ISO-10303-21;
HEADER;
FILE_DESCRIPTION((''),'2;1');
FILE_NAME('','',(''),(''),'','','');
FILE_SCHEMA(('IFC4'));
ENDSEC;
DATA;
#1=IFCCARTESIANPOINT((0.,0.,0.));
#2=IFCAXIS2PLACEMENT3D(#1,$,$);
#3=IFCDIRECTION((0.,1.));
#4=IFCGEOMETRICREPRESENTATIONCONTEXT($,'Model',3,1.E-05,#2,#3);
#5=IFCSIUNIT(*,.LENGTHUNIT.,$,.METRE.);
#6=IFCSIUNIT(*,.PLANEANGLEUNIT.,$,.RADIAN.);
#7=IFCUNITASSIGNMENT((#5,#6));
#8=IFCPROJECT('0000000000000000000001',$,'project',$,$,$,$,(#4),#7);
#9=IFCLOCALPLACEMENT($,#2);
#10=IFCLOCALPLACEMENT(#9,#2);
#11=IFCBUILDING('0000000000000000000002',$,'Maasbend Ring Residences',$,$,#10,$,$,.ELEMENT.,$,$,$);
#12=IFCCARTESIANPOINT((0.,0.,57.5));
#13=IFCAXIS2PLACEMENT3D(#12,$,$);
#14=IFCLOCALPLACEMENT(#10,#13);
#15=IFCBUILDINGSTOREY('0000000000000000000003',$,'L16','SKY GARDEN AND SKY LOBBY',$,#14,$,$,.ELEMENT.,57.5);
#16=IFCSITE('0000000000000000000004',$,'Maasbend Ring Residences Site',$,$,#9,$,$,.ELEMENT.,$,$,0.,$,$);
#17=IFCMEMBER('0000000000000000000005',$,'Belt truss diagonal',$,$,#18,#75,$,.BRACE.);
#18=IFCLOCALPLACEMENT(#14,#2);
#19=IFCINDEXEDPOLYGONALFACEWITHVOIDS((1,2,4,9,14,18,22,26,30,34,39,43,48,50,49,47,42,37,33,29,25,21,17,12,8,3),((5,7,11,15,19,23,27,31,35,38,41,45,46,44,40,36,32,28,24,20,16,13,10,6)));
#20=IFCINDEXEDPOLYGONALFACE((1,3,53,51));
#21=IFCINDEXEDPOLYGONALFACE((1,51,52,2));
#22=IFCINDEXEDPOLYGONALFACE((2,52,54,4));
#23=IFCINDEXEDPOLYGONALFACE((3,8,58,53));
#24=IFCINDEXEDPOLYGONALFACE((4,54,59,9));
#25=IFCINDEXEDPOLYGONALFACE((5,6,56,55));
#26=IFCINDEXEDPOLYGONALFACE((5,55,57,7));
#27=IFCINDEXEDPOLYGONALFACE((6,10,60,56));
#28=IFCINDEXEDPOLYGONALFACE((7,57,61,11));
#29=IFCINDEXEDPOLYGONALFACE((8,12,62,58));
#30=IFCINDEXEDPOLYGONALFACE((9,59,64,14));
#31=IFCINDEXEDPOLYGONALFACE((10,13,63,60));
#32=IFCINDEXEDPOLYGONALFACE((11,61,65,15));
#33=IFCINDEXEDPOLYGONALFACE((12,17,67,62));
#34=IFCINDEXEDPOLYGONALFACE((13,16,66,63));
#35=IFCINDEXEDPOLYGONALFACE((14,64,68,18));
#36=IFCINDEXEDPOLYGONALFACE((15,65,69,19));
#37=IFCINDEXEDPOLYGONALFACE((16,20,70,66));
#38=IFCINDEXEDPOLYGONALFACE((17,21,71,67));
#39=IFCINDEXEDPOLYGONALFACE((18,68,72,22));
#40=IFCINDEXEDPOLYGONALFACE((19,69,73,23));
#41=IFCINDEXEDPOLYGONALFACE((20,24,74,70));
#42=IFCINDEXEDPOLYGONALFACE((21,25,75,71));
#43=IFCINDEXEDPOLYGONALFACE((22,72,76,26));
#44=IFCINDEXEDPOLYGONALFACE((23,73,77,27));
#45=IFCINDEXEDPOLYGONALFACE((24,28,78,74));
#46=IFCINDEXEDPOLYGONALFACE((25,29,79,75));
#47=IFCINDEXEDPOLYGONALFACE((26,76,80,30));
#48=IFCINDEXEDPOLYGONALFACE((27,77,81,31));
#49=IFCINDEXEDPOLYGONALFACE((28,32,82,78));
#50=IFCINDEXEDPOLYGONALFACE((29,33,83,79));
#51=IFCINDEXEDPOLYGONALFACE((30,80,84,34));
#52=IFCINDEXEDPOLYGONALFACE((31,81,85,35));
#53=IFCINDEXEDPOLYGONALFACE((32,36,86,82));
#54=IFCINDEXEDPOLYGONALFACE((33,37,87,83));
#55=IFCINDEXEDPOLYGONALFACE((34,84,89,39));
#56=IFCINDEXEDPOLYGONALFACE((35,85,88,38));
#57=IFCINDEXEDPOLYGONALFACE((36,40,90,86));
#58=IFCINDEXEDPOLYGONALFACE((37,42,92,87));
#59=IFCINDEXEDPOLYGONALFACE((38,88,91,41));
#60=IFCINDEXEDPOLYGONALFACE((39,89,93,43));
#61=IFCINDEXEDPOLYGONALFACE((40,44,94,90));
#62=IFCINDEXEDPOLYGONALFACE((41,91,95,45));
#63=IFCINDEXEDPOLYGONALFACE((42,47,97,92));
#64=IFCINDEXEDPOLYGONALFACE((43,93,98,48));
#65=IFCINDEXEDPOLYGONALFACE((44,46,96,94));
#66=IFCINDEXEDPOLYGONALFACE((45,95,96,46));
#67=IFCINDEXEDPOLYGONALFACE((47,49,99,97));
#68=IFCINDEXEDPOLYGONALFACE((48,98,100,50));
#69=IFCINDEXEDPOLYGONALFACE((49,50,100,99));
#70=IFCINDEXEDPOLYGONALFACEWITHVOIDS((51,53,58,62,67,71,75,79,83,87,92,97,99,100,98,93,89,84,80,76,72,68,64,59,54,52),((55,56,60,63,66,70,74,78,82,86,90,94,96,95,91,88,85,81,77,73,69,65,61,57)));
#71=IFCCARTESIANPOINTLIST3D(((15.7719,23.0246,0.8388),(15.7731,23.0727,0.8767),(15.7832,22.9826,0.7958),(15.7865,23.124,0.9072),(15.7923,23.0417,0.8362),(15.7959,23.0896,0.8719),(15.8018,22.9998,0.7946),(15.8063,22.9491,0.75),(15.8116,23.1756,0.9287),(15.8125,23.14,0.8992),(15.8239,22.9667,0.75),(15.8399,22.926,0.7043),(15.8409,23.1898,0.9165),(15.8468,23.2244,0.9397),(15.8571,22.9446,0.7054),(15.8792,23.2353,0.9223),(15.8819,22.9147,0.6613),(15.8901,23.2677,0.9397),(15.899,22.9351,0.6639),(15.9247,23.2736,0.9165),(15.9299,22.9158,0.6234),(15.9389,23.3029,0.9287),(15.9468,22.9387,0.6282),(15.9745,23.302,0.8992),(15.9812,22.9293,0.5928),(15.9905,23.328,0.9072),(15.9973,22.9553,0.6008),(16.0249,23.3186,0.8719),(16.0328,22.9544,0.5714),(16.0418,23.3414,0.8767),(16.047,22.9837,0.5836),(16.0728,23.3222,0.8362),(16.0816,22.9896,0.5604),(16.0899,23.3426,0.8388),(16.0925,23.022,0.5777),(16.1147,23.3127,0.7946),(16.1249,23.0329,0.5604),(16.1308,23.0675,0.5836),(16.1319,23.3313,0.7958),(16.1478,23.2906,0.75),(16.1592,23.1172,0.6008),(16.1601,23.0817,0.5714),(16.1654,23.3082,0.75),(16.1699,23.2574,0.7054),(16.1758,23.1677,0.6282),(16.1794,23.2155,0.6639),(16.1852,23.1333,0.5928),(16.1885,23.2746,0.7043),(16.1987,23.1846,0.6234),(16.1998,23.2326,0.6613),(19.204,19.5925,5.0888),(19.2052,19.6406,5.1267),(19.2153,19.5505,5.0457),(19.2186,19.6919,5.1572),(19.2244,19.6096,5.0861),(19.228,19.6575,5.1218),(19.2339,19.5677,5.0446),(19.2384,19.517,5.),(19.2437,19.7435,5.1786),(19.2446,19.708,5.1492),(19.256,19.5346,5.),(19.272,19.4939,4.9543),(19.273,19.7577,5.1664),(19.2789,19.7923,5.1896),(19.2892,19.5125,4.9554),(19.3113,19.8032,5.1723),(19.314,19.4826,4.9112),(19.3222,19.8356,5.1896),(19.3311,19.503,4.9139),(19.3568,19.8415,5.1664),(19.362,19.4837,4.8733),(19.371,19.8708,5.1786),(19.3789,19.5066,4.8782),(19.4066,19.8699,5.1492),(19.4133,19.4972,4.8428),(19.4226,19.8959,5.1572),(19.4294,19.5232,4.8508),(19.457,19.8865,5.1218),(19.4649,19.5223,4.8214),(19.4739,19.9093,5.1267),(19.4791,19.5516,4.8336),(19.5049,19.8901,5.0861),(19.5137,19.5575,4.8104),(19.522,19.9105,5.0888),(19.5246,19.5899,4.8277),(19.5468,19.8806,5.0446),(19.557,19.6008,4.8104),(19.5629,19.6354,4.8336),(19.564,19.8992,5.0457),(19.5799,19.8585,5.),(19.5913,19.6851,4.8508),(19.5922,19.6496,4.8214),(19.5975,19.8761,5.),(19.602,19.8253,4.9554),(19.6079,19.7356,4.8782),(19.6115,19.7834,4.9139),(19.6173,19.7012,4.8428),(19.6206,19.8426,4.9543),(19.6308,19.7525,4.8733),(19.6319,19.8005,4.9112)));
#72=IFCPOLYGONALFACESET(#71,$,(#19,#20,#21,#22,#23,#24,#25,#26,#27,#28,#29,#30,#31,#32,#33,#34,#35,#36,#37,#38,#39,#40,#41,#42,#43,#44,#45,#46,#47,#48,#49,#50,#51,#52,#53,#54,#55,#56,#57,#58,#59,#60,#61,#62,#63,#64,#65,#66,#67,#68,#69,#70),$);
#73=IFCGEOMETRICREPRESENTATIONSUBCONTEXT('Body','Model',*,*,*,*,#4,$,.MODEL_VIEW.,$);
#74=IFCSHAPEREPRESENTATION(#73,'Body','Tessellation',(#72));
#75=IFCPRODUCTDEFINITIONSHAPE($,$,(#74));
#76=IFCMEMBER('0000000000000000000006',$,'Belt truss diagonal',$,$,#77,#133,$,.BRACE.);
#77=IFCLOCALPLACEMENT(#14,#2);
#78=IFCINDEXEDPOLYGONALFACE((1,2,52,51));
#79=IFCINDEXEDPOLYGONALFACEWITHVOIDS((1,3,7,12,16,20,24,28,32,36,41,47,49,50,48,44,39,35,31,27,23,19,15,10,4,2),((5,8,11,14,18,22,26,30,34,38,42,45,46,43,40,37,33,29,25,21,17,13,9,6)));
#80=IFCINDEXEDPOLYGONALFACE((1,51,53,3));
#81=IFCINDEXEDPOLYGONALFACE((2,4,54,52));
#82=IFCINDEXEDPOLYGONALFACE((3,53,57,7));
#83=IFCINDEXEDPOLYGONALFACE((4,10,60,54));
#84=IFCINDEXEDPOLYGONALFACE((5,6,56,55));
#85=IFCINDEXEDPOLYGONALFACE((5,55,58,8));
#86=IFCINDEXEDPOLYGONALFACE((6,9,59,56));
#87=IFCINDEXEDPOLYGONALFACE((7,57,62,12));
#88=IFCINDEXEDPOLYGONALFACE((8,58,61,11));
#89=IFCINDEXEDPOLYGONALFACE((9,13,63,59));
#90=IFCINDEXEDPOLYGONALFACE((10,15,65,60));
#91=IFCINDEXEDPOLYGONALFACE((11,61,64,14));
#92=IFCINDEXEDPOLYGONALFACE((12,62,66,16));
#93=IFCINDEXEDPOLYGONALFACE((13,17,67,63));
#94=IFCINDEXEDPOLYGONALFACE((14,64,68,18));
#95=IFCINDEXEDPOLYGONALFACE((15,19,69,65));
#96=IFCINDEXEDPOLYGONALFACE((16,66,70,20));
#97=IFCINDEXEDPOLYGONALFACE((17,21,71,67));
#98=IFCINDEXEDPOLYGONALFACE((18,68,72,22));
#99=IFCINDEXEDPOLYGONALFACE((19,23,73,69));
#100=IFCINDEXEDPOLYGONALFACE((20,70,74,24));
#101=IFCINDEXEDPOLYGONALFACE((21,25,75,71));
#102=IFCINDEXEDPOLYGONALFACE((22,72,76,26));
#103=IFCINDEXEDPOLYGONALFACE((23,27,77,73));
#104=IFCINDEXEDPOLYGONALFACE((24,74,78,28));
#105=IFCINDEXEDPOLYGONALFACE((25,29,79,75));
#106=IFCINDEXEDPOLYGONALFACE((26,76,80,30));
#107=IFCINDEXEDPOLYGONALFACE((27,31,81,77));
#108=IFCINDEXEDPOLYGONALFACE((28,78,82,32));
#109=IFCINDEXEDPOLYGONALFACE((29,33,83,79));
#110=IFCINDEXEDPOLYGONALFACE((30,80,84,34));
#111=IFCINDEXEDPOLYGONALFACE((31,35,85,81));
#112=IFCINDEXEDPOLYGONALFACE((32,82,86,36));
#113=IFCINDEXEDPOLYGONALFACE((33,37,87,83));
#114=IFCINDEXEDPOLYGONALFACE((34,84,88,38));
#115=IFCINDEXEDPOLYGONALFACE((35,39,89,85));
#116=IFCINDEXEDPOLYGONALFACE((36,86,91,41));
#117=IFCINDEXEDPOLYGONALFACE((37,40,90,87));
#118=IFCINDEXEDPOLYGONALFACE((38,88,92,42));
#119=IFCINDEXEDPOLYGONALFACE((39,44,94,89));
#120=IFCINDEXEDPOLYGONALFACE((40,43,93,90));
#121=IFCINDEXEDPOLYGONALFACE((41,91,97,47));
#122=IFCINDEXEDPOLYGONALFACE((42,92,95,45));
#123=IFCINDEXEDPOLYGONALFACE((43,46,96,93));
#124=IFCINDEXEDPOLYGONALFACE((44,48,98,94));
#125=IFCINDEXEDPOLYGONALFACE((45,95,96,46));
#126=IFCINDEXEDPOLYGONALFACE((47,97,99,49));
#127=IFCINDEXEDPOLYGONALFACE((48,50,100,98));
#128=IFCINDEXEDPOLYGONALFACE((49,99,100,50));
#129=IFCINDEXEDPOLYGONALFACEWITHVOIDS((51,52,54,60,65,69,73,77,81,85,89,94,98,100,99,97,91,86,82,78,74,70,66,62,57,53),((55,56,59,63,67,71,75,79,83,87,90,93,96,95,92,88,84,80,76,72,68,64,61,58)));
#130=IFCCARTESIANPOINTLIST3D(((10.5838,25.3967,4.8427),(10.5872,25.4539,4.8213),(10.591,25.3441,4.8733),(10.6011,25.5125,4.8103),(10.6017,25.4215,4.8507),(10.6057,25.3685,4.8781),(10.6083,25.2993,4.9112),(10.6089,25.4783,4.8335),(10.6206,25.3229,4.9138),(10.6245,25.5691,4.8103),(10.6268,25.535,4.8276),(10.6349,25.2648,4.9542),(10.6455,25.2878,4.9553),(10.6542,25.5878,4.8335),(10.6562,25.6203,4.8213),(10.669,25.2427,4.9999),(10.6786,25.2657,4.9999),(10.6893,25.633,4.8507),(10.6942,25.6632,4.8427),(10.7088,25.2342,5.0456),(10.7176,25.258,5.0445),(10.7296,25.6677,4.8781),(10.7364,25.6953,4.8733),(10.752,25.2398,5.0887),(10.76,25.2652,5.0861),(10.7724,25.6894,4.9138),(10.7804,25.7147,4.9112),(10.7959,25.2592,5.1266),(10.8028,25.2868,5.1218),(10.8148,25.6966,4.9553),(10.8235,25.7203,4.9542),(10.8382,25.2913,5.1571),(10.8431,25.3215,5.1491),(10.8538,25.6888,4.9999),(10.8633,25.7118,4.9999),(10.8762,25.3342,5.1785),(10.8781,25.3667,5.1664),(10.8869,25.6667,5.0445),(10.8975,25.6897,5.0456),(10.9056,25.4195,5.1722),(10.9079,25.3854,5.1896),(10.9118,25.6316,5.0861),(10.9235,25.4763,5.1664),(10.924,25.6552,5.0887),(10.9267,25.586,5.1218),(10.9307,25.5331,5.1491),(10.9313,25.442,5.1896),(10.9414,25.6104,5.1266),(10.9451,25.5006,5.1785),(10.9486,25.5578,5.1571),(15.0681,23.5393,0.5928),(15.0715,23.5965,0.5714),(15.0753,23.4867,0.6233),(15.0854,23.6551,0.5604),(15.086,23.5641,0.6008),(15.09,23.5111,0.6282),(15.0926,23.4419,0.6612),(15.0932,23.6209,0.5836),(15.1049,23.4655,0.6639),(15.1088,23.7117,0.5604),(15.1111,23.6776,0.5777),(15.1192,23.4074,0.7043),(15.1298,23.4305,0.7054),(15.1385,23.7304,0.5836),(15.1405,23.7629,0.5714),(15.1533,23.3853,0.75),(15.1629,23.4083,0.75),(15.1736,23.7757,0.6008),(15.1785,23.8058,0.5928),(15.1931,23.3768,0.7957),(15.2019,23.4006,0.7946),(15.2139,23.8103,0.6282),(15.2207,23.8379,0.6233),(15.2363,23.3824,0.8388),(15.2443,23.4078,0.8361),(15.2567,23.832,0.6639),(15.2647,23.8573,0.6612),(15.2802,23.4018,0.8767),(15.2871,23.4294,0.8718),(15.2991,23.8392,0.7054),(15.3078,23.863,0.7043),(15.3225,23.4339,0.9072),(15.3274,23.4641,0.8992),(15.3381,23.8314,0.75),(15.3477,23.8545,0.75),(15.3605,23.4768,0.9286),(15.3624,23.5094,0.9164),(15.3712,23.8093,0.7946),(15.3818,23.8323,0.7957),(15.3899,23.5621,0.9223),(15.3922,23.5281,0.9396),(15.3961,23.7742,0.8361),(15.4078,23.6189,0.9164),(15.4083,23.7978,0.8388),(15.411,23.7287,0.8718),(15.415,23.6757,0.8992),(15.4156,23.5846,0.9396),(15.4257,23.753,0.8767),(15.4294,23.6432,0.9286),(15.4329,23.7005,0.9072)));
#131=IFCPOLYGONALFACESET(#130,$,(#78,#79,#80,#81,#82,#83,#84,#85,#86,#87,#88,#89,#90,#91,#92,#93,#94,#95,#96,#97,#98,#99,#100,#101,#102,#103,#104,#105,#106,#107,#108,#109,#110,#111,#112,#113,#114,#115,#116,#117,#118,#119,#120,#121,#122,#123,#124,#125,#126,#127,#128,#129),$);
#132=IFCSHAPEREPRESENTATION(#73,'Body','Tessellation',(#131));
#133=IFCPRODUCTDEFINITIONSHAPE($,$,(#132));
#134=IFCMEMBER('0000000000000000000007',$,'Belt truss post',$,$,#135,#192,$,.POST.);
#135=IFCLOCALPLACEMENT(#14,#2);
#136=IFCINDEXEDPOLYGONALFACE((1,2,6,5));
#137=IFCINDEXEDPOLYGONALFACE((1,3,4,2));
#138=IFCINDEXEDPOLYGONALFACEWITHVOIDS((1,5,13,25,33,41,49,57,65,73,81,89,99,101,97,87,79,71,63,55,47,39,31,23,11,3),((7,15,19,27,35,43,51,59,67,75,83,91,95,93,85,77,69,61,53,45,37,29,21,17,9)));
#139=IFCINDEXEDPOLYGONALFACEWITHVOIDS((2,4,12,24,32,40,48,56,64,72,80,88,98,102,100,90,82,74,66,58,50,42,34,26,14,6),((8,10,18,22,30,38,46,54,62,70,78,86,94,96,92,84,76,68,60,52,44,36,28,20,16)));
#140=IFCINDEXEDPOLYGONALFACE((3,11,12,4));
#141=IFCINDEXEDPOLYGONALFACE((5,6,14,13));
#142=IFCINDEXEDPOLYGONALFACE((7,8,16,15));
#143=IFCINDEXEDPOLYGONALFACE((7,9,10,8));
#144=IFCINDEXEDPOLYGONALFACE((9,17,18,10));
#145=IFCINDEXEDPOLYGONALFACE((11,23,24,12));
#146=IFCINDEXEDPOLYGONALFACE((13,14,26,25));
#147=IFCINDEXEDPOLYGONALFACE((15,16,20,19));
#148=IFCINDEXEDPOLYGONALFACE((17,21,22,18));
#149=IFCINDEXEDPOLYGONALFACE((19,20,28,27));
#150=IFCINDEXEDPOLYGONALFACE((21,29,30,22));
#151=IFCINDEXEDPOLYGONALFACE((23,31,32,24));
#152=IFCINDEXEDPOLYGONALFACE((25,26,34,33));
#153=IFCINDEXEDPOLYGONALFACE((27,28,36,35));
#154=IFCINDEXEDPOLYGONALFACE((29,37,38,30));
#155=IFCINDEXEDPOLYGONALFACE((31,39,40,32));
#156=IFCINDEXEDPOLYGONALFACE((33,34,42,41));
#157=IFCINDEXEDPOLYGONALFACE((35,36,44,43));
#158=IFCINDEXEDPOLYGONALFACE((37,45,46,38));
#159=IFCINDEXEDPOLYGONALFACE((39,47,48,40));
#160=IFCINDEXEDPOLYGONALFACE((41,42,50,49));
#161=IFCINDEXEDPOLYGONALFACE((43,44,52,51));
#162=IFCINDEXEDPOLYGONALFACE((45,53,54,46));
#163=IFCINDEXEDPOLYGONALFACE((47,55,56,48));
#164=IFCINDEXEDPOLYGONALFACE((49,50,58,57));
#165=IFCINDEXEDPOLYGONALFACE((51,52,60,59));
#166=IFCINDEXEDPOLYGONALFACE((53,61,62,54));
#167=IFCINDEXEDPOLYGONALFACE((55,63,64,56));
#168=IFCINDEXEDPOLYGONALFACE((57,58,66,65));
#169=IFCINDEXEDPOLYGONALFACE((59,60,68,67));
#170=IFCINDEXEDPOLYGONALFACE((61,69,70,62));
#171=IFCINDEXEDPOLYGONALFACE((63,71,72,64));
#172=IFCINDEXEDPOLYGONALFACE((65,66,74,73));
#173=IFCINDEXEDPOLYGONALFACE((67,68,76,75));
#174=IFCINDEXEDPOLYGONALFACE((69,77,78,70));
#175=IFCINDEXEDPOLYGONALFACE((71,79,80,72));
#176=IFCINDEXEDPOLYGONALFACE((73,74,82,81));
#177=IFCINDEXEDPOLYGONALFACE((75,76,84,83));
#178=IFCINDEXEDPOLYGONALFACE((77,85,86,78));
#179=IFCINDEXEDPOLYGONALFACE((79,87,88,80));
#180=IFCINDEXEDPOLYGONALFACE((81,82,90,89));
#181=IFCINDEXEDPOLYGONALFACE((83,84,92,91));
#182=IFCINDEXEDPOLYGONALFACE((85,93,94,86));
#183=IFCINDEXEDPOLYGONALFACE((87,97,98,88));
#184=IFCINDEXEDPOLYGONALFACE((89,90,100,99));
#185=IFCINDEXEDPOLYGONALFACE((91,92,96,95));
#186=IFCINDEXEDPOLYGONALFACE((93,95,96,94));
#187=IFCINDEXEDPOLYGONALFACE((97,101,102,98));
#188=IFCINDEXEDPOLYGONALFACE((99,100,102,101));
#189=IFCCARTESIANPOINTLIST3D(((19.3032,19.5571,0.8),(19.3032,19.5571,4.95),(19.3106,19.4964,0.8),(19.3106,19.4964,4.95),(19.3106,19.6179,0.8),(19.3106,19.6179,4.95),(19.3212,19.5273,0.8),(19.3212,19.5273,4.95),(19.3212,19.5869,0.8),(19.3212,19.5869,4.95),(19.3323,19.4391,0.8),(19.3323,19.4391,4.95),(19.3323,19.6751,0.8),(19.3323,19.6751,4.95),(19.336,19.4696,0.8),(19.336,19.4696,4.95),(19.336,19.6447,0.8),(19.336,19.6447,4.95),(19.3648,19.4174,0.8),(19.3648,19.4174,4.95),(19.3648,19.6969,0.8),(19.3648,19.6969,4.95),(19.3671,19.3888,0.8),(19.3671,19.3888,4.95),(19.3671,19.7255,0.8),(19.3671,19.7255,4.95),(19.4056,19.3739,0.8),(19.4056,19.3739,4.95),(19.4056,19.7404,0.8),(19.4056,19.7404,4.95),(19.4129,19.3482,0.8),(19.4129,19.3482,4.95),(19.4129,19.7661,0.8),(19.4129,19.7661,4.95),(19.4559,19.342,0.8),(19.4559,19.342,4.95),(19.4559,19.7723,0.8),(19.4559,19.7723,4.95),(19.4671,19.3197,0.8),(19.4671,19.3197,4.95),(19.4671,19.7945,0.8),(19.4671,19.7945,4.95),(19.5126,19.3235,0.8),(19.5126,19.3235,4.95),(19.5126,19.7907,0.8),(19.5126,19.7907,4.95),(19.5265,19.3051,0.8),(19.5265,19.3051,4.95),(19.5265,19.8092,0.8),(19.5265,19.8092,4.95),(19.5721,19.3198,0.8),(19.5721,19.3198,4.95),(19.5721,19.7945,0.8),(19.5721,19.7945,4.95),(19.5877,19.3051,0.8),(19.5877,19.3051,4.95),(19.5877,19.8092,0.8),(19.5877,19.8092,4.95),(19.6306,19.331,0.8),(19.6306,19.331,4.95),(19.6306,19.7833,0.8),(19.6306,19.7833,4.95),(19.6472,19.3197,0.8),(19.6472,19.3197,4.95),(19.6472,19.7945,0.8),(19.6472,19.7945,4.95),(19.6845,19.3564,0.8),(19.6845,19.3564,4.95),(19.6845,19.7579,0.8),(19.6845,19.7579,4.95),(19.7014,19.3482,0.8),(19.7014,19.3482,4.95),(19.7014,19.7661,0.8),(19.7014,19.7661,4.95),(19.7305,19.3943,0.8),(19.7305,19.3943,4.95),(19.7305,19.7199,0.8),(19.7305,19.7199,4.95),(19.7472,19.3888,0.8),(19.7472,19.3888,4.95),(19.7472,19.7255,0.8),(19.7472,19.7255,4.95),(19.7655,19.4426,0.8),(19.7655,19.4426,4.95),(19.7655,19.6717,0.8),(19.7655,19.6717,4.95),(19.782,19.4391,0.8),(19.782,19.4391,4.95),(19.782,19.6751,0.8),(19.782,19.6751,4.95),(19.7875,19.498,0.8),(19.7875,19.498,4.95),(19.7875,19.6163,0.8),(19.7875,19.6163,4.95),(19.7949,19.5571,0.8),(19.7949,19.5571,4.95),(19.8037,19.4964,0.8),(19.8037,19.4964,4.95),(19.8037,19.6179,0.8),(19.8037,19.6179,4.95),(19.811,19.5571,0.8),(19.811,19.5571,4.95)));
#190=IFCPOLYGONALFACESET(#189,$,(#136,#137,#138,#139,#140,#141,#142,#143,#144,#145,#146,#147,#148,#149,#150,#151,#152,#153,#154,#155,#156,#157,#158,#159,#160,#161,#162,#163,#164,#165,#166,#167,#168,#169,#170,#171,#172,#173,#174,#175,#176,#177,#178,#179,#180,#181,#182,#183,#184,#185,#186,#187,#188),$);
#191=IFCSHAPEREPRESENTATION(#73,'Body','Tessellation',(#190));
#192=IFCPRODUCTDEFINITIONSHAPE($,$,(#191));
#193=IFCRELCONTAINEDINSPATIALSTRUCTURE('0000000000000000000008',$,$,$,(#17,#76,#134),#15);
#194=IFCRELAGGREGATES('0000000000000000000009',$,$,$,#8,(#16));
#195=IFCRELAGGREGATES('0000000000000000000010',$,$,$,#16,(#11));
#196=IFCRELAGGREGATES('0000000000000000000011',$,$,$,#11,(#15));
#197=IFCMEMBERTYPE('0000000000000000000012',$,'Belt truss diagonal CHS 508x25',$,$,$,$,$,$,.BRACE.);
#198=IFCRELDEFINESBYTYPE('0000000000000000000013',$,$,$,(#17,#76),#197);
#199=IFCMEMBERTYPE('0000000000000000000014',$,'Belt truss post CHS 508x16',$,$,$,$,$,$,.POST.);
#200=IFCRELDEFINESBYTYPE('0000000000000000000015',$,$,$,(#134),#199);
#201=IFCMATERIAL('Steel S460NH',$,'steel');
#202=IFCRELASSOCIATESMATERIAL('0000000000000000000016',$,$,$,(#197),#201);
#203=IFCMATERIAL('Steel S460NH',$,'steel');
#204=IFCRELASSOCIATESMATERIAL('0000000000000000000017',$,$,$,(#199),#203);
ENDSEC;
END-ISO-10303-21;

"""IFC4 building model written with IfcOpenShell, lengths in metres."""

from ifc_helpers import new_model, si_unit, direction, frame, origin, origin_2d, place, context, subcontext, project, spatial, hollow_circle, extrude, material, material_profile, profile_set, type_object, element, save


model = new_model("IFC4")

# Units and contexts
model_context = context("Model", 3, precision=1e-05, world=origin(), true_north=direction((0.0, 1.0)))
body_context = subcontext(model_context, "Body", "Model", "MODEL_VIEW")
ifc_project = project(units=[si_unit("LENGTHUNIT", "METRE"), si_unit("PLANEANGLEUNIT", "RADIAN")], contexts=[model_context])

# Site, building, storey
site_placement = place(None, origin())
site = spatial("IfcSite", under=ifc_project, at=site_placement, Name="Maasbend Ring Residences Site", CompositionType="ELEMENT", RefElevation=0.0)
building_placement = place(site_placement, origin())
building = spatial("IfcBuilding", under=site, at=building_placement, Name="Maasbend Ring Residences", CompositionType="ELEMENT")
storey_placement = place(building_placement, frame((0.0, 0.0, 57.5)))
storey = spatial("IfcBuildingStorey", under=building, at=storey_placement, Name="L16", Description="SKY GARDEN AND SKY LOBBY", CompositionType="ELEMENT", Elevation=57.5)

# Members
ifc_material_1 = material(Name="Steel S460NH", Category="steel")
ifc_material_profile_1 = material_profile(ifc_material_1, hollow_circle(Radius=0.2539, WallThickness=0.0249, at=origin_2d()), Name="Belt truss diagonal CHS 508x25")
ifc_profile_set_1 = profile_set([ifc_material_profile_1], Name="Steel S460NH")
member_type_1 = type_object("IfcMemberType", Name="Belt truss diagonal CHS 508x25", PredefinedType="BRACE", material=ifc_profile_set_1)
for number, where, z_axis, x_axis, name in (
    (1, (19.418, 19.6965, 5.0), (-0.531991, 0.531991, -0.658764), (-0.707107, -0.707107, 0.0), "Belt truss diagonal"),
    (2, (15.2505, 23.6199, 0.75), (-0.695088, 0.287904, 0.658759), (-0.382672, -0.923884, 0.0), "Belt truss diagonal"),
):
    element("IfcMember", number, at=place(storey_placement, frame(where, z_axis=z_axis, x_axis=x_axis)), inside=storey, type_object=member_type_1, Name=name, PredefinedType="BRACE", context=body_context, shape_type="SweptSolid", body=[
        extrude(hollow_circle(Radius=0.2539, WallThickness=0.0249, at=origin_2d()), origin(), (0.0, 0.0, 1.0), 6.4514),
    ])
ifc_material_2 = material(Name="Steel S460NH", Category="steel")
ifc_material_profile_2 = material_profile(ifc_material_2, hollow_circle(Radius=0.2539, WallThickness=0.0161, at=origin_2d()), Name="Belt truss post CHS 508x16")
ifc_profile_set_2 = profile_set([ifc_material_profile_2], Name="Steel S460NH")
member_type_2 = type_object("IfcMemberType", Name="Belt truss post CHS 508x16", PredefinedType="POST", material=ifc_profile_set_2)
member_1_placement = place(storey_placement, frame((19.5571, 19.5571, 0.8), z_axis=(0.0, 0.0, 1.0), x_axis=(1.0, 0.0, 0.0)))
element("IfcMember", 3, at=member_1_placement, inside=storey, type_object=member_type_2, Name="Belt truss post", PredefinedType="POST", context=body_context, shape_type="SweptSolid", body=[
    extrude(hollow_circle(Radius=0.2539, WallThickness=0.0161, at=origin_2d()), origin(), (0.0, 0.0, 1.0), 4.1499),
])

save(model, "model.ifc")
